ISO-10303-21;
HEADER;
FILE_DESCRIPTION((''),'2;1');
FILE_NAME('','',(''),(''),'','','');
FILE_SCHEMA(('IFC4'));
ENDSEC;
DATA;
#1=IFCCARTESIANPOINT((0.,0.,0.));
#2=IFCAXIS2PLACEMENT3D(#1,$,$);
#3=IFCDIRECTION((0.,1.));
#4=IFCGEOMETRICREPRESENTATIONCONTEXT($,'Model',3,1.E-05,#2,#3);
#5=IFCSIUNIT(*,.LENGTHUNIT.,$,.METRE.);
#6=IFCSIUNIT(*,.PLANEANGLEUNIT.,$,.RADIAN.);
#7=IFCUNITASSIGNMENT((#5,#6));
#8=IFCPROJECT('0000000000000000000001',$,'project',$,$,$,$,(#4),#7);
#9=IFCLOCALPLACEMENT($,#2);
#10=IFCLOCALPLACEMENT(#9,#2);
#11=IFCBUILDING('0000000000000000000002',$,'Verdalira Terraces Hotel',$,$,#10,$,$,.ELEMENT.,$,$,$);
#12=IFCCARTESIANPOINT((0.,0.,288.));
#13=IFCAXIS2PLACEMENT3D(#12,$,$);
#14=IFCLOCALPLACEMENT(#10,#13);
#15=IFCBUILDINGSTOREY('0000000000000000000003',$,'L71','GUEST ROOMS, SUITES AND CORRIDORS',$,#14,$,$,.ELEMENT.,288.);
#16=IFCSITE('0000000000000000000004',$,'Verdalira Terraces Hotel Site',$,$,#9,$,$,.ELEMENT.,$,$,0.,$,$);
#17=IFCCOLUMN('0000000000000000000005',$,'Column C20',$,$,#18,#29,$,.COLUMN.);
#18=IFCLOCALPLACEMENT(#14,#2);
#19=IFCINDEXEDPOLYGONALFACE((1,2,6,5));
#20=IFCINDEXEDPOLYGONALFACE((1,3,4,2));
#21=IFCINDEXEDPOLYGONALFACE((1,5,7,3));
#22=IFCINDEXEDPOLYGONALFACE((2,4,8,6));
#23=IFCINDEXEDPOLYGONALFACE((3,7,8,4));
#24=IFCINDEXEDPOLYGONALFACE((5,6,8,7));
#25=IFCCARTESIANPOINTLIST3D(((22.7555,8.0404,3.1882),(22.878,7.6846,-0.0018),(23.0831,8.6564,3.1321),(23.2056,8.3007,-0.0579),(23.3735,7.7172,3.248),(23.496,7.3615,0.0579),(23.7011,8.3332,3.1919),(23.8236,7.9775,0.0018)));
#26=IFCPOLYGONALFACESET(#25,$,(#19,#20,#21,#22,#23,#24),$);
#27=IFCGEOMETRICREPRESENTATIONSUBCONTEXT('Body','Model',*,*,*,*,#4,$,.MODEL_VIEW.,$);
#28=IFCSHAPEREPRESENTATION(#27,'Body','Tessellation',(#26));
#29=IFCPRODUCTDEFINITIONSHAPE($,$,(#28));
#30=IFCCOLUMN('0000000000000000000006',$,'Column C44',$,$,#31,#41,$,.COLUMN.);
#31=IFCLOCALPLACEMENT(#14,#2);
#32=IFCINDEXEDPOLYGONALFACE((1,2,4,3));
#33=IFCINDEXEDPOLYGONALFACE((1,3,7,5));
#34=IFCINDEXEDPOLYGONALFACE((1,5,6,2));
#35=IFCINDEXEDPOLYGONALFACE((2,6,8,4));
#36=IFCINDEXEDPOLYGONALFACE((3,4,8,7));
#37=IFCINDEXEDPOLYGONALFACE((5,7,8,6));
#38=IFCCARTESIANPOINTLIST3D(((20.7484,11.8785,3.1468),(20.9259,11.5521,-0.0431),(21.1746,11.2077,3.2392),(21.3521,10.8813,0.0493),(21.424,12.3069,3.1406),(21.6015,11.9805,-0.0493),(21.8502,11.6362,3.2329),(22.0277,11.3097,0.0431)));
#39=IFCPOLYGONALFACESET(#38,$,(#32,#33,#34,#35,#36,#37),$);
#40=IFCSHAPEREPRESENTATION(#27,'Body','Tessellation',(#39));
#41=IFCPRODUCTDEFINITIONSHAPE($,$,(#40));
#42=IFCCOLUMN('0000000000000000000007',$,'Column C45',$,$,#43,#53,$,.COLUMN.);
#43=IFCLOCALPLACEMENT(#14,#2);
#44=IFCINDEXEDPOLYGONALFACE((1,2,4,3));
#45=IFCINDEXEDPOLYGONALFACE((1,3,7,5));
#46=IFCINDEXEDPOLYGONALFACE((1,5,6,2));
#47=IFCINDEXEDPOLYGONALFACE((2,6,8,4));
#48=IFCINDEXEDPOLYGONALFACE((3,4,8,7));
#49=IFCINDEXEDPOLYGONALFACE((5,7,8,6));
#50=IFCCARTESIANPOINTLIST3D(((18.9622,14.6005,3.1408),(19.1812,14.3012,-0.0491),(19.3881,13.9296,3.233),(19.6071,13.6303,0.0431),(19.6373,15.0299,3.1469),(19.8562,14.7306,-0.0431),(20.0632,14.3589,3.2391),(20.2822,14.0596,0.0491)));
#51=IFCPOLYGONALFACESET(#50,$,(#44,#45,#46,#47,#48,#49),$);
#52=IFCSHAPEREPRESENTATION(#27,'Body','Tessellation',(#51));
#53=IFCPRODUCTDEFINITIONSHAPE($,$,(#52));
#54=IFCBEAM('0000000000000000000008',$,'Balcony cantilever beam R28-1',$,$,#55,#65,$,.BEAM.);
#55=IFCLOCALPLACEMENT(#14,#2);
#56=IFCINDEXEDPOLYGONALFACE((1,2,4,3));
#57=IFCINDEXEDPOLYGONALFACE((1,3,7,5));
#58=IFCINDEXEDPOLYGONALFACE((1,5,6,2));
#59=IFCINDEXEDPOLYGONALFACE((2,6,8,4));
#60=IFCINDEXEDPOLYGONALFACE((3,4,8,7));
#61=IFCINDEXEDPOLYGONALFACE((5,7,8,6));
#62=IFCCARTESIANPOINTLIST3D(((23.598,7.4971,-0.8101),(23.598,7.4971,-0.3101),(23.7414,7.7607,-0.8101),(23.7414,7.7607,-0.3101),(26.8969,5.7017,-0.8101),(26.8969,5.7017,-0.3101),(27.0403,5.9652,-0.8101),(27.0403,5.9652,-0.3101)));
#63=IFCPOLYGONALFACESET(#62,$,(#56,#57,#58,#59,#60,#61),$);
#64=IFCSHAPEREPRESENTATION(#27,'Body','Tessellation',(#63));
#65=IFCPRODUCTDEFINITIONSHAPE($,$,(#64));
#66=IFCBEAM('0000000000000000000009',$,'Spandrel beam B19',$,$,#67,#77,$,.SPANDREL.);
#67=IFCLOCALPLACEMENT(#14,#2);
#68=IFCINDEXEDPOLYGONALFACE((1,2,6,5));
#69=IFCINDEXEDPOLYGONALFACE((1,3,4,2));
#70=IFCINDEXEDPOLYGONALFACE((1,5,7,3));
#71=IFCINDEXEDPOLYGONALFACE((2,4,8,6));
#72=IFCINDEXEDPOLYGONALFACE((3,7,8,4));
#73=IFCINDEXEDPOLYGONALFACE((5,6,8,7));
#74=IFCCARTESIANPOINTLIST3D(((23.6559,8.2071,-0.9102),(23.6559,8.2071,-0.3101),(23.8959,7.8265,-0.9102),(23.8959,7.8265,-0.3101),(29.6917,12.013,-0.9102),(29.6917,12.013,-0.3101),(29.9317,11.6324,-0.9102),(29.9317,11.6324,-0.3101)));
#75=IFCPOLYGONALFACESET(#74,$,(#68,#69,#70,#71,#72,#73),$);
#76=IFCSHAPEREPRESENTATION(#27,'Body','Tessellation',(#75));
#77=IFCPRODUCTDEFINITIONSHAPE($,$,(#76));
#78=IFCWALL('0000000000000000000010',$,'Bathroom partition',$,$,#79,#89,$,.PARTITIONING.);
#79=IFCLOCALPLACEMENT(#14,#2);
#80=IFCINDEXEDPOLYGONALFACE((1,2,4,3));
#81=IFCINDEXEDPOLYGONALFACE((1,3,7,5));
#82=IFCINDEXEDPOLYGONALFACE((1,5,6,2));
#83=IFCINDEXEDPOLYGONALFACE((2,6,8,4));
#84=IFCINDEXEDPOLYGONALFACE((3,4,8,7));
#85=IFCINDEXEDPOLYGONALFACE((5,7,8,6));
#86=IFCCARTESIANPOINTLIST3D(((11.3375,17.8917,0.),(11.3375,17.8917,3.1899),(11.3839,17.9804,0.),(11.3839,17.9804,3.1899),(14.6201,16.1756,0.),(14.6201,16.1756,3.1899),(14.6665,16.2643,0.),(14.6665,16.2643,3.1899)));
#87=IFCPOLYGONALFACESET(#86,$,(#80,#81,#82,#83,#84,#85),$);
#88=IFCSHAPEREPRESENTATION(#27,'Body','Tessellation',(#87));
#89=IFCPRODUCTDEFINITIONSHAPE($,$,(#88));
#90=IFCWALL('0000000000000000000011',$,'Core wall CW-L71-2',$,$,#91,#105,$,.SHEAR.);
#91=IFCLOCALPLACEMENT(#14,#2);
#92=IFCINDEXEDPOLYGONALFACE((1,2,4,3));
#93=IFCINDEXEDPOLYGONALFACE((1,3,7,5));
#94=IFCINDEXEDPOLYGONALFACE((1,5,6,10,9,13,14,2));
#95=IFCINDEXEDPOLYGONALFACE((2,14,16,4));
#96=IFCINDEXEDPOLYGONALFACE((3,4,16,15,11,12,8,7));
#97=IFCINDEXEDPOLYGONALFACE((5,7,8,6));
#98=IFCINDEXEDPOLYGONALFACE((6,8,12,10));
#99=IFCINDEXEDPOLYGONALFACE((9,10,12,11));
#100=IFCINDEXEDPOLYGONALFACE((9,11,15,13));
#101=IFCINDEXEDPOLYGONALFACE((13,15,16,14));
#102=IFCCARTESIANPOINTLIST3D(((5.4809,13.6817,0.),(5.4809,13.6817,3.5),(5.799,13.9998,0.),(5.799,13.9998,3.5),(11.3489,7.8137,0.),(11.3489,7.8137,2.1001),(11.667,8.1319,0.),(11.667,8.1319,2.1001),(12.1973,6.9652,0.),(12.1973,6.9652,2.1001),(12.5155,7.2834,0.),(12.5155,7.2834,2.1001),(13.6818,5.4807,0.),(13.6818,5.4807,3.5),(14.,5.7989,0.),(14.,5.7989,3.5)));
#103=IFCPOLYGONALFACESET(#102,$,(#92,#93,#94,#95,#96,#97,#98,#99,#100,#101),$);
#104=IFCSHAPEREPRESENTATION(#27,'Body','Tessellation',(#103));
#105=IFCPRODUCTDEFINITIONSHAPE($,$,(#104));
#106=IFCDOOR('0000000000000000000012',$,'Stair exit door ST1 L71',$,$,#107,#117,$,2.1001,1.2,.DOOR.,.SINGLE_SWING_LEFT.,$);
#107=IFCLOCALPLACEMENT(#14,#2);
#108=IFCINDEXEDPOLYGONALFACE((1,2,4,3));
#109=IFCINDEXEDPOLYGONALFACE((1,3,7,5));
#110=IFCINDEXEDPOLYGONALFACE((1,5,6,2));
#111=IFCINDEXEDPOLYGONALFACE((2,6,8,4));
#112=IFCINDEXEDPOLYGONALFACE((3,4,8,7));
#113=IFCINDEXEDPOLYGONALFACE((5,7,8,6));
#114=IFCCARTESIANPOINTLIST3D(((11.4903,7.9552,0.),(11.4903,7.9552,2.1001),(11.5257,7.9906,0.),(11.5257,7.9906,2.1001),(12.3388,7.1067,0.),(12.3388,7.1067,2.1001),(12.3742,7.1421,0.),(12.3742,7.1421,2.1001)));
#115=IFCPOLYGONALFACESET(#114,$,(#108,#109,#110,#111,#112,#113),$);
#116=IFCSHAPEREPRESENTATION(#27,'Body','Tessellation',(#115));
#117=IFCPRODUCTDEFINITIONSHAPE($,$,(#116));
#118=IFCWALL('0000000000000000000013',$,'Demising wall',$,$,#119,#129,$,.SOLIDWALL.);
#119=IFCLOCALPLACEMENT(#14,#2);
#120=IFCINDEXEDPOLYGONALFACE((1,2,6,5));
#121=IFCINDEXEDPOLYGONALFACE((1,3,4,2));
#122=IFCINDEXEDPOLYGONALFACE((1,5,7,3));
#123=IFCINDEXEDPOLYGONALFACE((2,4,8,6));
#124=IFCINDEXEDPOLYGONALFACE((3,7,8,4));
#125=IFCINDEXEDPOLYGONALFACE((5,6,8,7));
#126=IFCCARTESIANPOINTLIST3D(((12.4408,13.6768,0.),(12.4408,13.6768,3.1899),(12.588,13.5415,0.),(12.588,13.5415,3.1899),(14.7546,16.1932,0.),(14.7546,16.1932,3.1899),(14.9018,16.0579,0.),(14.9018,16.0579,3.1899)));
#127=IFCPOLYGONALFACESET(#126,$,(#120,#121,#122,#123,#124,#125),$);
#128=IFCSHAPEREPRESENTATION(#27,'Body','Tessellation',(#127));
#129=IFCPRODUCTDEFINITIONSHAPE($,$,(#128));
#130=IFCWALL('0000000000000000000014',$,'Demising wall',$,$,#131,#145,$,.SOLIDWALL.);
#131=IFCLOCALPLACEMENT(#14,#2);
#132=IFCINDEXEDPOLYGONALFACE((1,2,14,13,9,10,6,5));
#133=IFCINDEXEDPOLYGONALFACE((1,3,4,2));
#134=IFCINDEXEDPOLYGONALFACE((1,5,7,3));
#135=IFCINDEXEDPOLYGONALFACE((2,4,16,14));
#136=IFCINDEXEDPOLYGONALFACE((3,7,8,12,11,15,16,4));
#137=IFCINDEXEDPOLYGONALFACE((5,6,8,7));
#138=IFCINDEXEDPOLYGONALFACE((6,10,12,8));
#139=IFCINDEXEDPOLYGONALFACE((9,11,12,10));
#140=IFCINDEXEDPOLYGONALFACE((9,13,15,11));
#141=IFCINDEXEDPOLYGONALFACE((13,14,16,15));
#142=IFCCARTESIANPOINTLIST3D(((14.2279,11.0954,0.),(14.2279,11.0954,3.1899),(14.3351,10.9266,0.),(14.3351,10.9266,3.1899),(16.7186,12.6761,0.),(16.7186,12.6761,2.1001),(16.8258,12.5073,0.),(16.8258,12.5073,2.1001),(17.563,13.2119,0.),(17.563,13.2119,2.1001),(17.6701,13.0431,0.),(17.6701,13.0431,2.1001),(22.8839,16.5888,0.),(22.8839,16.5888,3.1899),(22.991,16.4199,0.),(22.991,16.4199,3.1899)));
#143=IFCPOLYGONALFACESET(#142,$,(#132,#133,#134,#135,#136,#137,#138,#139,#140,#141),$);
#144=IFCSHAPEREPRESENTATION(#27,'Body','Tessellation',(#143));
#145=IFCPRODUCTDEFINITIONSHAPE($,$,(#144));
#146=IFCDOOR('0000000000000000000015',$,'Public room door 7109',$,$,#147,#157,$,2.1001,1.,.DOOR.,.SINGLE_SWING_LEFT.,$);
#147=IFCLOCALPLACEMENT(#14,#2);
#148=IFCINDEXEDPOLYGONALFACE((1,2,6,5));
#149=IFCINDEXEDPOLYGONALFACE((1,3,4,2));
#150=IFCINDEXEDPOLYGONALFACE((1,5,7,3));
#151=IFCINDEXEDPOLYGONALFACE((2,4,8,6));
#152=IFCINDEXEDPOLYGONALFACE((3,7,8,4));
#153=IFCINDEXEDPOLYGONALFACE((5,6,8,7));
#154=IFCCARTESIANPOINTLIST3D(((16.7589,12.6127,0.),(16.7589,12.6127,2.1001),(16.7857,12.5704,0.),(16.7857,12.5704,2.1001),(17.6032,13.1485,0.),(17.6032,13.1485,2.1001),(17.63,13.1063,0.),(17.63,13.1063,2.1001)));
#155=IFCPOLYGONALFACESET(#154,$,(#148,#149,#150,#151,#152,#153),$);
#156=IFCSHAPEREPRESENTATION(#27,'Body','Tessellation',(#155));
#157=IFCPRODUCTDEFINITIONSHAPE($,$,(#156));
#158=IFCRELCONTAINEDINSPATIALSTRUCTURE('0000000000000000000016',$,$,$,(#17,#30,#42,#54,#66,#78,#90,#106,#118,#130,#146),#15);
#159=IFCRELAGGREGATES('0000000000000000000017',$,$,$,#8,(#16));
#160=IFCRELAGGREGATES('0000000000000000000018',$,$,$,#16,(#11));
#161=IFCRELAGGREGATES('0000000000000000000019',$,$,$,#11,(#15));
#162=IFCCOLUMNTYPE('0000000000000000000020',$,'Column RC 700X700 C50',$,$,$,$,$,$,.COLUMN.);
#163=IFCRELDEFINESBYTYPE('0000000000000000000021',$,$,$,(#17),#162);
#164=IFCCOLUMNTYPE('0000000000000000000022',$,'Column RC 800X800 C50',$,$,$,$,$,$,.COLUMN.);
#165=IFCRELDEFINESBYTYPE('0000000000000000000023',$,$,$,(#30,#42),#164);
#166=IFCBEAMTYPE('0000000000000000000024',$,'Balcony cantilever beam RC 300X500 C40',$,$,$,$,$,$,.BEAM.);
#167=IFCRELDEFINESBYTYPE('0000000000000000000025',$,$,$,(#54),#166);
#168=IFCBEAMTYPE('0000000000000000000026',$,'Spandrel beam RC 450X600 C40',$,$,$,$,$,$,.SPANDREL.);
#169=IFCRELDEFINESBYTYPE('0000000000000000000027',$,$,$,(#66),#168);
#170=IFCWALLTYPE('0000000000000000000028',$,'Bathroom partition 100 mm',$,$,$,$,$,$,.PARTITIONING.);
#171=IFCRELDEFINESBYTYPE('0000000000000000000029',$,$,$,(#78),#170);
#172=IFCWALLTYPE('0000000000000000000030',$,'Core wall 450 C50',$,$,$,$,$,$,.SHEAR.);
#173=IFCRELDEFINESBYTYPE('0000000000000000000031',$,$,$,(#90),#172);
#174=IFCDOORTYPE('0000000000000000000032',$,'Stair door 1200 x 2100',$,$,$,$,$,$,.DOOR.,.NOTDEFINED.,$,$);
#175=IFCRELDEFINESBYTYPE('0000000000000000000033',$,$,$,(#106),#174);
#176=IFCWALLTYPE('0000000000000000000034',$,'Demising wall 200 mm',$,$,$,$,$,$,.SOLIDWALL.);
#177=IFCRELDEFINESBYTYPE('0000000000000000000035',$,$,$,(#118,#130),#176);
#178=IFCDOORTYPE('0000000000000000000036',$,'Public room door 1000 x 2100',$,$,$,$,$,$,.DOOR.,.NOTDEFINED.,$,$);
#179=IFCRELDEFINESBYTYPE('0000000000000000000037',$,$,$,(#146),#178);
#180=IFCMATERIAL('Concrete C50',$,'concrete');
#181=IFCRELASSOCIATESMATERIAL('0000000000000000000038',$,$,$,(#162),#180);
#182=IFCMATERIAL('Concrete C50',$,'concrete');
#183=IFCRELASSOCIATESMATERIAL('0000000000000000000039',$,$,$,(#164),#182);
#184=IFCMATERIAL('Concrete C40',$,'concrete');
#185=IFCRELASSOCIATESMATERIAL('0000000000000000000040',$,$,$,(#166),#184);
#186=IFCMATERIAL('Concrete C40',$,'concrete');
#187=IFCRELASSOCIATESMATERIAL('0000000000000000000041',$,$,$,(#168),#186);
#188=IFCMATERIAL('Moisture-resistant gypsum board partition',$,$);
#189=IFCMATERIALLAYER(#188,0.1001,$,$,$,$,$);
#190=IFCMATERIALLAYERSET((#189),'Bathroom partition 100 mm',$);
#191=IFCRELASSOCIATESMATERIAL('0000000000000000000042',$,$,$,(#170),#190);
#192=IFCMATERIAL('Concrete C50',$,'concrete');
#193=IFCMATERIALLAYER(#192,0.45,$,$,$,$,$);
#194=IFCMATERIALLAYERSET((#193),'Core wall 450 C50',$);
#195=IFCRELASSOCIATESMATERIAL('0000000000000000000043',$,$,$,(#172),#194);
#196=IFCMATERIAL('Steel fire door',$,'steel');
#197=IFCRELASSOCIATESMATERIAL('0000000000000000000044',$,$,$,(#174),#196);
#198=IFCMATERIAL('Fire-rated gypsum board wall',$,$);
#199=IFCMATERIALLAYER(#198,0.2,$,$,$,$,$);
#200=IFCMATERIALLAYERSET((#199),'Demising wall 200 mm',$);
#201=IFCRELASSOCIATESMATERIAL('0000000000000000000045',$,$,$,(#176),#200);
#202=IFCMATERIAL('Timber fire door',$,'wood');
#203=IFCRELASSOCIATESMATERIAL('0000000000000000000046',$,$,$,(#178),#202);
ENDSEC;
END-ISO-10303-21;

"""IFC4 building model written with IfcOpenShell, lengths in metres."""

from ifc_helpers import new_model, si_unit, direction, frame, frame_2d, origin, origin_2d, place, context, subcontext, project, spatial, rectangle, extrude, material, layer, layer_set, material_profile, profile_set, type_object, element, fill, save


model = new_model("IFC4")

# Units and contexts
model_context = context("Model", 3, precision=1e-05, world=origin(), true_north=direction((0.0, 1.0)))
body_context = subcontext(model_context, "Body", "Model", "MODEL_VIEW")
ifc_project = project(units=[si_unit("LENGTHUNIT", "METRE"), si_unit("PLANEANGLEUNIT", "RADIAN")], contexts=[model_context])

# Site, building, storey
site_placement = place(None, origin())
site = spatial("IfcSite", under=ifc_project, at=site_placement, Name="Verdalira Terraces Hotel Site", CompositionType="ELEMENT", RefElevation=0.0)
building_placement = place(site_placement, origin())
building = spatial("IfcBuilding", under=site, at=building_placement, Name="Verdalira Terraces Hotel", CompositionType="ELEMENT")
storey_placement = place(building_placement, frame((0.0, 0.0, 288.0)))
storey = spatial("IfcBuildingStorey", under=building, at=storey_placement, Name="L71", Description="GUEST ROOMS, SUITES AND CORRIDORS", CompositionType="ELEMENT", Elevation=288.0)

# Columns
ifc_material_1 = material(Name="Concrete C50", Category="concrete")
ifc_material_profile_1 = material_profile(ifc_material_1, rectangle(XDim=0.7, YDim=0.7, at=origin_2d()), Name="RC 700X700")
ifc_profile_set_1 = profile_set([ifc_material_profile_1], Name="Concrete C50")
column_type_1 = type_object("IfcColumnType", Name="Column RC 700X700 C50", PredefinedType="COLUMN", material=ifc_profile_set_1)
column_placement = place(storey_placement, frame((23.3508, 7.8311, 0.0), z_axis=(-0.038156, 0.110743, 0.993116), x_axis=(-0.468014, -0.880078, 0.080157)))
element("IfcColumn", 1, at=column_placement, inside=storey, type_object=column_type_1, Name="Column C20", PredefinedType="COLUMN", context=body_context, shape_type="SweptSolid", body=[
    extrude(rectangle(XDim=0.7, YDim=0.7, at=origin_2d()), origin(), (0.0, 0.0, 1.0), 3.2122),
])
ifc_material_2 = material(Name="Concrete C50", Category="concrete")
ifc_material_profile_2 = material_profile(ifc_material_2, rectangle(XDim=0.8, YDim=0.8, at=origin_2d()), Name="RC 800X800")
ifc_profile_set_2 = profile_set([ifc_material_profile_2], Name="Concrete C50")
column_type_2 = type_object("IfcColumnType", Name="Column RC 800X800 C50", PredefinedType="COLUMN", material=ifc_profile_set_2)
for number, where, z_axis, x_axis, name in (
    (2, (21.4768, 11.4309, 0.0), (-0.055267, 0.10164, 0.993285), (0.844494, 0.535509, -0.007809), "Column C44"),
    (3, (19.7317, 14.1804, 0.0), (-0.068192, 0.093204, 0.993309), (0.843758, 0.536671, 0.007569), "Column C45"),
):
    element("IfcColumn", number, at=place(storey_placement, frame(where, z_axis=z_axis, x_axis=x_axis)), inside=storey, type_object=column_type_2, Name=name, PredefinedType="COLUMN", context=body_context, shape_type="SweptSolid", body=[
        extrude(rectangle(XDim=0.8, YDim=0.8, at=origin_2d()), origin(), (0.0, 0.0, 1.0), 3.2114),
    ])

# Beams
ifc_material_3 = material(Name="Concrete C40", Category="concrete")
ifc_material_profile_3 = material_profile(ifc_material_3, rectangle(XDim=0.3, YDim=0.5, at=origin_2d()), Name="RC 300X500")
ifc_profile_set_3 = profile_set([ifc_material_profile_3], Name="Concrete C40")
beam_type_1 = type_object("IfcBeamType", Name="Balcony cantilever beam RC 300X500 C40", PredefinedType="BEAM", material=ifc_profile_set_3)
beam_1_placement = place(storey_placement, frame((23.6697, 7.6289, -0.5601), z_axis=(0.878337, -0.478041, 0.0), x_axis=(0.478041, 0.878337, 0.0)))
element("IfcBeam", 4, at=beam_1_placement, inside=storey, type_object=beam_type_1, Name="Balcony cantilever beam R28-1", PredefinedType="BEAM", context=body_context, shape_type="SweptSolid", body=[
    extrude(rectangle(XDim=0.3, YDim=0.5, at=origin_2d()), origin(), (0.0, 0.0, 1.0), 3.7559),
])
ifc_material_4 = material(Name="Concrete C40", Category="concrete")
ifc_material_profile_4 = material_profile(ifc_material_4, rectangle(XDim=0.45, YDim=0.6001, at=origin_2d()), Name="RC 450X600")
ifc_profile_set_4 = profile_set([ifc_material_profile_4], Name="Concrete C40")
beam_type_2 = type_object("IfcBeamType", Name="Spandrel beam RC 450X600 C40", PredefinedType="SPANDREL", material=ifc_profile_set_4)
beam_2_placement = place(storey_placement, frame((23.7759, 8.0168, -0.6101), z_axis=(0.845883, 0.533369, 0.0), x_axis=(-0.533369, 0.845883, 0.0)))
element("IfcBeam", 5, at=beam_2_placement, inside=storey, type_object=beam_type_2, Name="Spandrel beam B19", PredefinedType="SPANDREL", context=body_context, shape_type="SweptSolid", body=[
    extrude(rectangle(XDim=0.45, YDim=0.6001, at=origin_2d()), origin(), (0.0, 0.0, 1.0), 7.1355),
])

# Wall
ifc_material_5 = material(Name="Moisture-resistant gypsum board partition")
ifc_layer_1 = layer(ifc_material_5, 0.1001)
ifc_layer_set_1 = layer_set([ifc_layer_1], Name="Bathroom partition 100 mm")
wall_type_1 = type_object("IfcWallType", Name="Bathroom partition 100 mm", PredefinedType="PARTITIONING", material=ifc_layer_set_1)
wall_1_placement = place(storey_placement, frame((14.6433, 16.22, 0.0), z_axis=(0.0, 0.0, 1.0), x_axis=(-0.8862, 0.463302, 0.0)))
element("IfcWall", 6, at=wall_1_placement, inside=storey, type_object=wall_type_1, Name="Bathroom partition", PredefinedType="PARTITIONING", context=body_context, shape_type="SweptSolid", body=[
    extrude(rectangle(XDim=3.7041, YDim=0.1001, at=frame_2d((1.8521, 0.0))), origin(), (0.0, 0.0, 1.0), 3.1899),
])

# Wall, opening, door
ifc_material_6 = material(Name="Concrete C50", Category="concrete")
ifc_layer_2 = layer(ifc_material_6, 0.45)
ifc_layer_set_2 = layer_set([ifc_layer_2], Name="Core wall 450 C50")
wall_type_2 = type_object("IfcWallType", Name="Core wall 450 C50", PredefinedType="SHEAR", material=ifc_layer_set_2)
wall_2_placement = place(storey_placement, frame((13.8408, 5.6399, 0.0), z_axis=(0.0, 0.0, 1.0), x_axis=(-0.707107, 0.707107, 0.0)))
wall_2 = element("IfcWall", 7, at=wall_2_placement, inside=storey, type_object=wall_type_2, Name="Core wall CW-L71-2", PredefinedType="SHEAR", context=body_context, shape_type="SweptSolid", body=[
    extrude(rectangle(XDim=11.5979, YDim=0.45, at=frame_2d((5.7988, 0.0))), origin(), (0.0, 0.0, 1.0), 3.5),
])
opening_1_placement = place(wall_2_placement, frame((2.0991, 0.0, 0.0)))
opening_1 = element("IfcOpeningElement", 8, at=opening_1_placement, cuts=wall_2, PredefinedType="OPENING", context=body_context, shape_type="SweptSolid", body=[
    extrude(rectangle(XDim=1.2, YDim=2.1001, at=frame_2d((0.6001, 1.05))), frame((0.0, 0.2349, 0.0), z_axis=(0.0, -1.0, 0.0), x_axis=(1.0, 0.0, 0.0)), (0.0, 0.0, 1.0), 0.47),
])
ifc_material_7 = material(Name="Steel fire door", Category="steel")
door_type_1 = type_object("IfcDoorType", Name="Stair door 1200 x 2100", OperationType="NOTDEFINED", PredefinedType="DOOR", material=ifc_material_7)
door_1_placement = place(opening_1_placement, origin())
door_1 = element("IfcDoor", 9, at=door_1_placement, inside=storey, type_object=door_type_1, Name="Stair exit door ST1 L71", OperationType="SINGLE_SWING_LEFT", OverallHeight=2.1001, OverallWidth=1.2, PredefinedType="DOOR", context=body_context, shape_type="SweptSolid", body=[
    extrude(rectangle(XDim=1.2, YDim=2.1001, at=frame_2d((0.6001, 1.05))), frame((0.0, 0.0249, 0.0), z_axis=(0.0, -1.0, 0.0), x_axis=(1.0, 0.0, 0.0)), (0.0, 0.0, 1.0), 0.05),
])
fill(opening_1, door_1)

# Wall
ifc_material_8 = material(Name="Fire-rated gypsum board wall")
ifc_layer_3 = layer(ifc_material_8, 0.2)
ifc_layer_set_3 = layer_set([ifc_layer_3], Name="Demising wall 200 mm")
wall_type_3 = type_object("IfcWallType", Name="Demising wall 200 mm", PredefinedType="SOLIDWALL", material=ifc_layer_set_3)
wall_3_placement = place(storey_placement, frame((12.5144, 13.6091, 0.0), z_axis=(0.0, 0.0, 1.0), x_axis=(0.676846, 0.736125, 0.0)))
element("IfcWall", 10, at=wall_3_placement, inside=storey, type_object=wall_type_3, Name="Demising wall", PredefinedType="SOLIDWALL", context=body_context, shape_type="SweptSolid", body=[
    extrude(rectangle(XDim=3.4185, YDim=0.2, at=frame_2d((1.7092, 0.0))), origin(), (0.0, 0.0, 1.0), 3.1899),
])

# Wall, opening, door
wall_4_placement = place(storey_placement, frame((14.2815, 11.011, 0.0), z_axis=(0.0, 0.0, 1.0), x_axis=(0.844322, 0.535837, 0.0)))
wall_4 = element("IfcWall", 11, at=wall_4_placement, inside=storey, type_object=wall_type_3, Name="Demising wall", PredefinedType="SOLIDWALL", context=body_context, shape_type="SweptSolid", body=[
    extrude(rectangle(XDim=10.252, YDim=0.2, at=frame_2d((5.126, 0.0))), origin(), (0.0, 0.0, 1.0), 3.1899),
])
opening_2_placement = place(wall_4_placement, frame((2.95, 0.0, 0.0)))
opening_2 = element("IfcOpeningElement", 12, at=opening_2_placement, cuts=wall_4, PredefinedType="OPENING", context=body_context, shape_type="SweptSolid", body=[
    extrude(rectangle(XDim=1.0, YDim=2.1001, at=frame_2d((0.5, 1.05))), frame((0.0, 0.1099, 0.0), z_axis=(0.0, -1.0, 0.0), x_axis=(1.0, 0.0, 0.0)), (0.0, 0.0, 1.0), 0.22),
])
ifc_material_9 = material(Name="Timber fire door", Category="wood")
door_type_2 = type_object("IfcDoorType", Name="Public room door 1000 x 2100", OperationType="NOTDEFINED", PredefinedType="DOOR", material=ifc_material_9)
door_2_placement = place(opening_2_placement, origin())
door_2 = element("IfcDoor", 13, at=door_2_placement, inside=storey, type_object=door_type_2, Name="Public room door 7109", OperationType="SINGLE_SWING_LEFT", OverallHeight=2.1001, OverallWidth=1.0, PredefinedType="DOOR", context=body_context, shape_type="SweptSolid", body=[
    extrude(rectangle(XDim=1.0, YDim=2.1001, at=frame_2d((0.5, 1.05))), frame((0.0, 0.0249, 0.0), z_axis=(0.0, -1.0, 0.0), x_axis=(1.0, 0.0, 0.0)), (0.0, 0.0, 1.0), 0.05),
])
fill(opening_2, door_2)

save(model, "model.ifc")
